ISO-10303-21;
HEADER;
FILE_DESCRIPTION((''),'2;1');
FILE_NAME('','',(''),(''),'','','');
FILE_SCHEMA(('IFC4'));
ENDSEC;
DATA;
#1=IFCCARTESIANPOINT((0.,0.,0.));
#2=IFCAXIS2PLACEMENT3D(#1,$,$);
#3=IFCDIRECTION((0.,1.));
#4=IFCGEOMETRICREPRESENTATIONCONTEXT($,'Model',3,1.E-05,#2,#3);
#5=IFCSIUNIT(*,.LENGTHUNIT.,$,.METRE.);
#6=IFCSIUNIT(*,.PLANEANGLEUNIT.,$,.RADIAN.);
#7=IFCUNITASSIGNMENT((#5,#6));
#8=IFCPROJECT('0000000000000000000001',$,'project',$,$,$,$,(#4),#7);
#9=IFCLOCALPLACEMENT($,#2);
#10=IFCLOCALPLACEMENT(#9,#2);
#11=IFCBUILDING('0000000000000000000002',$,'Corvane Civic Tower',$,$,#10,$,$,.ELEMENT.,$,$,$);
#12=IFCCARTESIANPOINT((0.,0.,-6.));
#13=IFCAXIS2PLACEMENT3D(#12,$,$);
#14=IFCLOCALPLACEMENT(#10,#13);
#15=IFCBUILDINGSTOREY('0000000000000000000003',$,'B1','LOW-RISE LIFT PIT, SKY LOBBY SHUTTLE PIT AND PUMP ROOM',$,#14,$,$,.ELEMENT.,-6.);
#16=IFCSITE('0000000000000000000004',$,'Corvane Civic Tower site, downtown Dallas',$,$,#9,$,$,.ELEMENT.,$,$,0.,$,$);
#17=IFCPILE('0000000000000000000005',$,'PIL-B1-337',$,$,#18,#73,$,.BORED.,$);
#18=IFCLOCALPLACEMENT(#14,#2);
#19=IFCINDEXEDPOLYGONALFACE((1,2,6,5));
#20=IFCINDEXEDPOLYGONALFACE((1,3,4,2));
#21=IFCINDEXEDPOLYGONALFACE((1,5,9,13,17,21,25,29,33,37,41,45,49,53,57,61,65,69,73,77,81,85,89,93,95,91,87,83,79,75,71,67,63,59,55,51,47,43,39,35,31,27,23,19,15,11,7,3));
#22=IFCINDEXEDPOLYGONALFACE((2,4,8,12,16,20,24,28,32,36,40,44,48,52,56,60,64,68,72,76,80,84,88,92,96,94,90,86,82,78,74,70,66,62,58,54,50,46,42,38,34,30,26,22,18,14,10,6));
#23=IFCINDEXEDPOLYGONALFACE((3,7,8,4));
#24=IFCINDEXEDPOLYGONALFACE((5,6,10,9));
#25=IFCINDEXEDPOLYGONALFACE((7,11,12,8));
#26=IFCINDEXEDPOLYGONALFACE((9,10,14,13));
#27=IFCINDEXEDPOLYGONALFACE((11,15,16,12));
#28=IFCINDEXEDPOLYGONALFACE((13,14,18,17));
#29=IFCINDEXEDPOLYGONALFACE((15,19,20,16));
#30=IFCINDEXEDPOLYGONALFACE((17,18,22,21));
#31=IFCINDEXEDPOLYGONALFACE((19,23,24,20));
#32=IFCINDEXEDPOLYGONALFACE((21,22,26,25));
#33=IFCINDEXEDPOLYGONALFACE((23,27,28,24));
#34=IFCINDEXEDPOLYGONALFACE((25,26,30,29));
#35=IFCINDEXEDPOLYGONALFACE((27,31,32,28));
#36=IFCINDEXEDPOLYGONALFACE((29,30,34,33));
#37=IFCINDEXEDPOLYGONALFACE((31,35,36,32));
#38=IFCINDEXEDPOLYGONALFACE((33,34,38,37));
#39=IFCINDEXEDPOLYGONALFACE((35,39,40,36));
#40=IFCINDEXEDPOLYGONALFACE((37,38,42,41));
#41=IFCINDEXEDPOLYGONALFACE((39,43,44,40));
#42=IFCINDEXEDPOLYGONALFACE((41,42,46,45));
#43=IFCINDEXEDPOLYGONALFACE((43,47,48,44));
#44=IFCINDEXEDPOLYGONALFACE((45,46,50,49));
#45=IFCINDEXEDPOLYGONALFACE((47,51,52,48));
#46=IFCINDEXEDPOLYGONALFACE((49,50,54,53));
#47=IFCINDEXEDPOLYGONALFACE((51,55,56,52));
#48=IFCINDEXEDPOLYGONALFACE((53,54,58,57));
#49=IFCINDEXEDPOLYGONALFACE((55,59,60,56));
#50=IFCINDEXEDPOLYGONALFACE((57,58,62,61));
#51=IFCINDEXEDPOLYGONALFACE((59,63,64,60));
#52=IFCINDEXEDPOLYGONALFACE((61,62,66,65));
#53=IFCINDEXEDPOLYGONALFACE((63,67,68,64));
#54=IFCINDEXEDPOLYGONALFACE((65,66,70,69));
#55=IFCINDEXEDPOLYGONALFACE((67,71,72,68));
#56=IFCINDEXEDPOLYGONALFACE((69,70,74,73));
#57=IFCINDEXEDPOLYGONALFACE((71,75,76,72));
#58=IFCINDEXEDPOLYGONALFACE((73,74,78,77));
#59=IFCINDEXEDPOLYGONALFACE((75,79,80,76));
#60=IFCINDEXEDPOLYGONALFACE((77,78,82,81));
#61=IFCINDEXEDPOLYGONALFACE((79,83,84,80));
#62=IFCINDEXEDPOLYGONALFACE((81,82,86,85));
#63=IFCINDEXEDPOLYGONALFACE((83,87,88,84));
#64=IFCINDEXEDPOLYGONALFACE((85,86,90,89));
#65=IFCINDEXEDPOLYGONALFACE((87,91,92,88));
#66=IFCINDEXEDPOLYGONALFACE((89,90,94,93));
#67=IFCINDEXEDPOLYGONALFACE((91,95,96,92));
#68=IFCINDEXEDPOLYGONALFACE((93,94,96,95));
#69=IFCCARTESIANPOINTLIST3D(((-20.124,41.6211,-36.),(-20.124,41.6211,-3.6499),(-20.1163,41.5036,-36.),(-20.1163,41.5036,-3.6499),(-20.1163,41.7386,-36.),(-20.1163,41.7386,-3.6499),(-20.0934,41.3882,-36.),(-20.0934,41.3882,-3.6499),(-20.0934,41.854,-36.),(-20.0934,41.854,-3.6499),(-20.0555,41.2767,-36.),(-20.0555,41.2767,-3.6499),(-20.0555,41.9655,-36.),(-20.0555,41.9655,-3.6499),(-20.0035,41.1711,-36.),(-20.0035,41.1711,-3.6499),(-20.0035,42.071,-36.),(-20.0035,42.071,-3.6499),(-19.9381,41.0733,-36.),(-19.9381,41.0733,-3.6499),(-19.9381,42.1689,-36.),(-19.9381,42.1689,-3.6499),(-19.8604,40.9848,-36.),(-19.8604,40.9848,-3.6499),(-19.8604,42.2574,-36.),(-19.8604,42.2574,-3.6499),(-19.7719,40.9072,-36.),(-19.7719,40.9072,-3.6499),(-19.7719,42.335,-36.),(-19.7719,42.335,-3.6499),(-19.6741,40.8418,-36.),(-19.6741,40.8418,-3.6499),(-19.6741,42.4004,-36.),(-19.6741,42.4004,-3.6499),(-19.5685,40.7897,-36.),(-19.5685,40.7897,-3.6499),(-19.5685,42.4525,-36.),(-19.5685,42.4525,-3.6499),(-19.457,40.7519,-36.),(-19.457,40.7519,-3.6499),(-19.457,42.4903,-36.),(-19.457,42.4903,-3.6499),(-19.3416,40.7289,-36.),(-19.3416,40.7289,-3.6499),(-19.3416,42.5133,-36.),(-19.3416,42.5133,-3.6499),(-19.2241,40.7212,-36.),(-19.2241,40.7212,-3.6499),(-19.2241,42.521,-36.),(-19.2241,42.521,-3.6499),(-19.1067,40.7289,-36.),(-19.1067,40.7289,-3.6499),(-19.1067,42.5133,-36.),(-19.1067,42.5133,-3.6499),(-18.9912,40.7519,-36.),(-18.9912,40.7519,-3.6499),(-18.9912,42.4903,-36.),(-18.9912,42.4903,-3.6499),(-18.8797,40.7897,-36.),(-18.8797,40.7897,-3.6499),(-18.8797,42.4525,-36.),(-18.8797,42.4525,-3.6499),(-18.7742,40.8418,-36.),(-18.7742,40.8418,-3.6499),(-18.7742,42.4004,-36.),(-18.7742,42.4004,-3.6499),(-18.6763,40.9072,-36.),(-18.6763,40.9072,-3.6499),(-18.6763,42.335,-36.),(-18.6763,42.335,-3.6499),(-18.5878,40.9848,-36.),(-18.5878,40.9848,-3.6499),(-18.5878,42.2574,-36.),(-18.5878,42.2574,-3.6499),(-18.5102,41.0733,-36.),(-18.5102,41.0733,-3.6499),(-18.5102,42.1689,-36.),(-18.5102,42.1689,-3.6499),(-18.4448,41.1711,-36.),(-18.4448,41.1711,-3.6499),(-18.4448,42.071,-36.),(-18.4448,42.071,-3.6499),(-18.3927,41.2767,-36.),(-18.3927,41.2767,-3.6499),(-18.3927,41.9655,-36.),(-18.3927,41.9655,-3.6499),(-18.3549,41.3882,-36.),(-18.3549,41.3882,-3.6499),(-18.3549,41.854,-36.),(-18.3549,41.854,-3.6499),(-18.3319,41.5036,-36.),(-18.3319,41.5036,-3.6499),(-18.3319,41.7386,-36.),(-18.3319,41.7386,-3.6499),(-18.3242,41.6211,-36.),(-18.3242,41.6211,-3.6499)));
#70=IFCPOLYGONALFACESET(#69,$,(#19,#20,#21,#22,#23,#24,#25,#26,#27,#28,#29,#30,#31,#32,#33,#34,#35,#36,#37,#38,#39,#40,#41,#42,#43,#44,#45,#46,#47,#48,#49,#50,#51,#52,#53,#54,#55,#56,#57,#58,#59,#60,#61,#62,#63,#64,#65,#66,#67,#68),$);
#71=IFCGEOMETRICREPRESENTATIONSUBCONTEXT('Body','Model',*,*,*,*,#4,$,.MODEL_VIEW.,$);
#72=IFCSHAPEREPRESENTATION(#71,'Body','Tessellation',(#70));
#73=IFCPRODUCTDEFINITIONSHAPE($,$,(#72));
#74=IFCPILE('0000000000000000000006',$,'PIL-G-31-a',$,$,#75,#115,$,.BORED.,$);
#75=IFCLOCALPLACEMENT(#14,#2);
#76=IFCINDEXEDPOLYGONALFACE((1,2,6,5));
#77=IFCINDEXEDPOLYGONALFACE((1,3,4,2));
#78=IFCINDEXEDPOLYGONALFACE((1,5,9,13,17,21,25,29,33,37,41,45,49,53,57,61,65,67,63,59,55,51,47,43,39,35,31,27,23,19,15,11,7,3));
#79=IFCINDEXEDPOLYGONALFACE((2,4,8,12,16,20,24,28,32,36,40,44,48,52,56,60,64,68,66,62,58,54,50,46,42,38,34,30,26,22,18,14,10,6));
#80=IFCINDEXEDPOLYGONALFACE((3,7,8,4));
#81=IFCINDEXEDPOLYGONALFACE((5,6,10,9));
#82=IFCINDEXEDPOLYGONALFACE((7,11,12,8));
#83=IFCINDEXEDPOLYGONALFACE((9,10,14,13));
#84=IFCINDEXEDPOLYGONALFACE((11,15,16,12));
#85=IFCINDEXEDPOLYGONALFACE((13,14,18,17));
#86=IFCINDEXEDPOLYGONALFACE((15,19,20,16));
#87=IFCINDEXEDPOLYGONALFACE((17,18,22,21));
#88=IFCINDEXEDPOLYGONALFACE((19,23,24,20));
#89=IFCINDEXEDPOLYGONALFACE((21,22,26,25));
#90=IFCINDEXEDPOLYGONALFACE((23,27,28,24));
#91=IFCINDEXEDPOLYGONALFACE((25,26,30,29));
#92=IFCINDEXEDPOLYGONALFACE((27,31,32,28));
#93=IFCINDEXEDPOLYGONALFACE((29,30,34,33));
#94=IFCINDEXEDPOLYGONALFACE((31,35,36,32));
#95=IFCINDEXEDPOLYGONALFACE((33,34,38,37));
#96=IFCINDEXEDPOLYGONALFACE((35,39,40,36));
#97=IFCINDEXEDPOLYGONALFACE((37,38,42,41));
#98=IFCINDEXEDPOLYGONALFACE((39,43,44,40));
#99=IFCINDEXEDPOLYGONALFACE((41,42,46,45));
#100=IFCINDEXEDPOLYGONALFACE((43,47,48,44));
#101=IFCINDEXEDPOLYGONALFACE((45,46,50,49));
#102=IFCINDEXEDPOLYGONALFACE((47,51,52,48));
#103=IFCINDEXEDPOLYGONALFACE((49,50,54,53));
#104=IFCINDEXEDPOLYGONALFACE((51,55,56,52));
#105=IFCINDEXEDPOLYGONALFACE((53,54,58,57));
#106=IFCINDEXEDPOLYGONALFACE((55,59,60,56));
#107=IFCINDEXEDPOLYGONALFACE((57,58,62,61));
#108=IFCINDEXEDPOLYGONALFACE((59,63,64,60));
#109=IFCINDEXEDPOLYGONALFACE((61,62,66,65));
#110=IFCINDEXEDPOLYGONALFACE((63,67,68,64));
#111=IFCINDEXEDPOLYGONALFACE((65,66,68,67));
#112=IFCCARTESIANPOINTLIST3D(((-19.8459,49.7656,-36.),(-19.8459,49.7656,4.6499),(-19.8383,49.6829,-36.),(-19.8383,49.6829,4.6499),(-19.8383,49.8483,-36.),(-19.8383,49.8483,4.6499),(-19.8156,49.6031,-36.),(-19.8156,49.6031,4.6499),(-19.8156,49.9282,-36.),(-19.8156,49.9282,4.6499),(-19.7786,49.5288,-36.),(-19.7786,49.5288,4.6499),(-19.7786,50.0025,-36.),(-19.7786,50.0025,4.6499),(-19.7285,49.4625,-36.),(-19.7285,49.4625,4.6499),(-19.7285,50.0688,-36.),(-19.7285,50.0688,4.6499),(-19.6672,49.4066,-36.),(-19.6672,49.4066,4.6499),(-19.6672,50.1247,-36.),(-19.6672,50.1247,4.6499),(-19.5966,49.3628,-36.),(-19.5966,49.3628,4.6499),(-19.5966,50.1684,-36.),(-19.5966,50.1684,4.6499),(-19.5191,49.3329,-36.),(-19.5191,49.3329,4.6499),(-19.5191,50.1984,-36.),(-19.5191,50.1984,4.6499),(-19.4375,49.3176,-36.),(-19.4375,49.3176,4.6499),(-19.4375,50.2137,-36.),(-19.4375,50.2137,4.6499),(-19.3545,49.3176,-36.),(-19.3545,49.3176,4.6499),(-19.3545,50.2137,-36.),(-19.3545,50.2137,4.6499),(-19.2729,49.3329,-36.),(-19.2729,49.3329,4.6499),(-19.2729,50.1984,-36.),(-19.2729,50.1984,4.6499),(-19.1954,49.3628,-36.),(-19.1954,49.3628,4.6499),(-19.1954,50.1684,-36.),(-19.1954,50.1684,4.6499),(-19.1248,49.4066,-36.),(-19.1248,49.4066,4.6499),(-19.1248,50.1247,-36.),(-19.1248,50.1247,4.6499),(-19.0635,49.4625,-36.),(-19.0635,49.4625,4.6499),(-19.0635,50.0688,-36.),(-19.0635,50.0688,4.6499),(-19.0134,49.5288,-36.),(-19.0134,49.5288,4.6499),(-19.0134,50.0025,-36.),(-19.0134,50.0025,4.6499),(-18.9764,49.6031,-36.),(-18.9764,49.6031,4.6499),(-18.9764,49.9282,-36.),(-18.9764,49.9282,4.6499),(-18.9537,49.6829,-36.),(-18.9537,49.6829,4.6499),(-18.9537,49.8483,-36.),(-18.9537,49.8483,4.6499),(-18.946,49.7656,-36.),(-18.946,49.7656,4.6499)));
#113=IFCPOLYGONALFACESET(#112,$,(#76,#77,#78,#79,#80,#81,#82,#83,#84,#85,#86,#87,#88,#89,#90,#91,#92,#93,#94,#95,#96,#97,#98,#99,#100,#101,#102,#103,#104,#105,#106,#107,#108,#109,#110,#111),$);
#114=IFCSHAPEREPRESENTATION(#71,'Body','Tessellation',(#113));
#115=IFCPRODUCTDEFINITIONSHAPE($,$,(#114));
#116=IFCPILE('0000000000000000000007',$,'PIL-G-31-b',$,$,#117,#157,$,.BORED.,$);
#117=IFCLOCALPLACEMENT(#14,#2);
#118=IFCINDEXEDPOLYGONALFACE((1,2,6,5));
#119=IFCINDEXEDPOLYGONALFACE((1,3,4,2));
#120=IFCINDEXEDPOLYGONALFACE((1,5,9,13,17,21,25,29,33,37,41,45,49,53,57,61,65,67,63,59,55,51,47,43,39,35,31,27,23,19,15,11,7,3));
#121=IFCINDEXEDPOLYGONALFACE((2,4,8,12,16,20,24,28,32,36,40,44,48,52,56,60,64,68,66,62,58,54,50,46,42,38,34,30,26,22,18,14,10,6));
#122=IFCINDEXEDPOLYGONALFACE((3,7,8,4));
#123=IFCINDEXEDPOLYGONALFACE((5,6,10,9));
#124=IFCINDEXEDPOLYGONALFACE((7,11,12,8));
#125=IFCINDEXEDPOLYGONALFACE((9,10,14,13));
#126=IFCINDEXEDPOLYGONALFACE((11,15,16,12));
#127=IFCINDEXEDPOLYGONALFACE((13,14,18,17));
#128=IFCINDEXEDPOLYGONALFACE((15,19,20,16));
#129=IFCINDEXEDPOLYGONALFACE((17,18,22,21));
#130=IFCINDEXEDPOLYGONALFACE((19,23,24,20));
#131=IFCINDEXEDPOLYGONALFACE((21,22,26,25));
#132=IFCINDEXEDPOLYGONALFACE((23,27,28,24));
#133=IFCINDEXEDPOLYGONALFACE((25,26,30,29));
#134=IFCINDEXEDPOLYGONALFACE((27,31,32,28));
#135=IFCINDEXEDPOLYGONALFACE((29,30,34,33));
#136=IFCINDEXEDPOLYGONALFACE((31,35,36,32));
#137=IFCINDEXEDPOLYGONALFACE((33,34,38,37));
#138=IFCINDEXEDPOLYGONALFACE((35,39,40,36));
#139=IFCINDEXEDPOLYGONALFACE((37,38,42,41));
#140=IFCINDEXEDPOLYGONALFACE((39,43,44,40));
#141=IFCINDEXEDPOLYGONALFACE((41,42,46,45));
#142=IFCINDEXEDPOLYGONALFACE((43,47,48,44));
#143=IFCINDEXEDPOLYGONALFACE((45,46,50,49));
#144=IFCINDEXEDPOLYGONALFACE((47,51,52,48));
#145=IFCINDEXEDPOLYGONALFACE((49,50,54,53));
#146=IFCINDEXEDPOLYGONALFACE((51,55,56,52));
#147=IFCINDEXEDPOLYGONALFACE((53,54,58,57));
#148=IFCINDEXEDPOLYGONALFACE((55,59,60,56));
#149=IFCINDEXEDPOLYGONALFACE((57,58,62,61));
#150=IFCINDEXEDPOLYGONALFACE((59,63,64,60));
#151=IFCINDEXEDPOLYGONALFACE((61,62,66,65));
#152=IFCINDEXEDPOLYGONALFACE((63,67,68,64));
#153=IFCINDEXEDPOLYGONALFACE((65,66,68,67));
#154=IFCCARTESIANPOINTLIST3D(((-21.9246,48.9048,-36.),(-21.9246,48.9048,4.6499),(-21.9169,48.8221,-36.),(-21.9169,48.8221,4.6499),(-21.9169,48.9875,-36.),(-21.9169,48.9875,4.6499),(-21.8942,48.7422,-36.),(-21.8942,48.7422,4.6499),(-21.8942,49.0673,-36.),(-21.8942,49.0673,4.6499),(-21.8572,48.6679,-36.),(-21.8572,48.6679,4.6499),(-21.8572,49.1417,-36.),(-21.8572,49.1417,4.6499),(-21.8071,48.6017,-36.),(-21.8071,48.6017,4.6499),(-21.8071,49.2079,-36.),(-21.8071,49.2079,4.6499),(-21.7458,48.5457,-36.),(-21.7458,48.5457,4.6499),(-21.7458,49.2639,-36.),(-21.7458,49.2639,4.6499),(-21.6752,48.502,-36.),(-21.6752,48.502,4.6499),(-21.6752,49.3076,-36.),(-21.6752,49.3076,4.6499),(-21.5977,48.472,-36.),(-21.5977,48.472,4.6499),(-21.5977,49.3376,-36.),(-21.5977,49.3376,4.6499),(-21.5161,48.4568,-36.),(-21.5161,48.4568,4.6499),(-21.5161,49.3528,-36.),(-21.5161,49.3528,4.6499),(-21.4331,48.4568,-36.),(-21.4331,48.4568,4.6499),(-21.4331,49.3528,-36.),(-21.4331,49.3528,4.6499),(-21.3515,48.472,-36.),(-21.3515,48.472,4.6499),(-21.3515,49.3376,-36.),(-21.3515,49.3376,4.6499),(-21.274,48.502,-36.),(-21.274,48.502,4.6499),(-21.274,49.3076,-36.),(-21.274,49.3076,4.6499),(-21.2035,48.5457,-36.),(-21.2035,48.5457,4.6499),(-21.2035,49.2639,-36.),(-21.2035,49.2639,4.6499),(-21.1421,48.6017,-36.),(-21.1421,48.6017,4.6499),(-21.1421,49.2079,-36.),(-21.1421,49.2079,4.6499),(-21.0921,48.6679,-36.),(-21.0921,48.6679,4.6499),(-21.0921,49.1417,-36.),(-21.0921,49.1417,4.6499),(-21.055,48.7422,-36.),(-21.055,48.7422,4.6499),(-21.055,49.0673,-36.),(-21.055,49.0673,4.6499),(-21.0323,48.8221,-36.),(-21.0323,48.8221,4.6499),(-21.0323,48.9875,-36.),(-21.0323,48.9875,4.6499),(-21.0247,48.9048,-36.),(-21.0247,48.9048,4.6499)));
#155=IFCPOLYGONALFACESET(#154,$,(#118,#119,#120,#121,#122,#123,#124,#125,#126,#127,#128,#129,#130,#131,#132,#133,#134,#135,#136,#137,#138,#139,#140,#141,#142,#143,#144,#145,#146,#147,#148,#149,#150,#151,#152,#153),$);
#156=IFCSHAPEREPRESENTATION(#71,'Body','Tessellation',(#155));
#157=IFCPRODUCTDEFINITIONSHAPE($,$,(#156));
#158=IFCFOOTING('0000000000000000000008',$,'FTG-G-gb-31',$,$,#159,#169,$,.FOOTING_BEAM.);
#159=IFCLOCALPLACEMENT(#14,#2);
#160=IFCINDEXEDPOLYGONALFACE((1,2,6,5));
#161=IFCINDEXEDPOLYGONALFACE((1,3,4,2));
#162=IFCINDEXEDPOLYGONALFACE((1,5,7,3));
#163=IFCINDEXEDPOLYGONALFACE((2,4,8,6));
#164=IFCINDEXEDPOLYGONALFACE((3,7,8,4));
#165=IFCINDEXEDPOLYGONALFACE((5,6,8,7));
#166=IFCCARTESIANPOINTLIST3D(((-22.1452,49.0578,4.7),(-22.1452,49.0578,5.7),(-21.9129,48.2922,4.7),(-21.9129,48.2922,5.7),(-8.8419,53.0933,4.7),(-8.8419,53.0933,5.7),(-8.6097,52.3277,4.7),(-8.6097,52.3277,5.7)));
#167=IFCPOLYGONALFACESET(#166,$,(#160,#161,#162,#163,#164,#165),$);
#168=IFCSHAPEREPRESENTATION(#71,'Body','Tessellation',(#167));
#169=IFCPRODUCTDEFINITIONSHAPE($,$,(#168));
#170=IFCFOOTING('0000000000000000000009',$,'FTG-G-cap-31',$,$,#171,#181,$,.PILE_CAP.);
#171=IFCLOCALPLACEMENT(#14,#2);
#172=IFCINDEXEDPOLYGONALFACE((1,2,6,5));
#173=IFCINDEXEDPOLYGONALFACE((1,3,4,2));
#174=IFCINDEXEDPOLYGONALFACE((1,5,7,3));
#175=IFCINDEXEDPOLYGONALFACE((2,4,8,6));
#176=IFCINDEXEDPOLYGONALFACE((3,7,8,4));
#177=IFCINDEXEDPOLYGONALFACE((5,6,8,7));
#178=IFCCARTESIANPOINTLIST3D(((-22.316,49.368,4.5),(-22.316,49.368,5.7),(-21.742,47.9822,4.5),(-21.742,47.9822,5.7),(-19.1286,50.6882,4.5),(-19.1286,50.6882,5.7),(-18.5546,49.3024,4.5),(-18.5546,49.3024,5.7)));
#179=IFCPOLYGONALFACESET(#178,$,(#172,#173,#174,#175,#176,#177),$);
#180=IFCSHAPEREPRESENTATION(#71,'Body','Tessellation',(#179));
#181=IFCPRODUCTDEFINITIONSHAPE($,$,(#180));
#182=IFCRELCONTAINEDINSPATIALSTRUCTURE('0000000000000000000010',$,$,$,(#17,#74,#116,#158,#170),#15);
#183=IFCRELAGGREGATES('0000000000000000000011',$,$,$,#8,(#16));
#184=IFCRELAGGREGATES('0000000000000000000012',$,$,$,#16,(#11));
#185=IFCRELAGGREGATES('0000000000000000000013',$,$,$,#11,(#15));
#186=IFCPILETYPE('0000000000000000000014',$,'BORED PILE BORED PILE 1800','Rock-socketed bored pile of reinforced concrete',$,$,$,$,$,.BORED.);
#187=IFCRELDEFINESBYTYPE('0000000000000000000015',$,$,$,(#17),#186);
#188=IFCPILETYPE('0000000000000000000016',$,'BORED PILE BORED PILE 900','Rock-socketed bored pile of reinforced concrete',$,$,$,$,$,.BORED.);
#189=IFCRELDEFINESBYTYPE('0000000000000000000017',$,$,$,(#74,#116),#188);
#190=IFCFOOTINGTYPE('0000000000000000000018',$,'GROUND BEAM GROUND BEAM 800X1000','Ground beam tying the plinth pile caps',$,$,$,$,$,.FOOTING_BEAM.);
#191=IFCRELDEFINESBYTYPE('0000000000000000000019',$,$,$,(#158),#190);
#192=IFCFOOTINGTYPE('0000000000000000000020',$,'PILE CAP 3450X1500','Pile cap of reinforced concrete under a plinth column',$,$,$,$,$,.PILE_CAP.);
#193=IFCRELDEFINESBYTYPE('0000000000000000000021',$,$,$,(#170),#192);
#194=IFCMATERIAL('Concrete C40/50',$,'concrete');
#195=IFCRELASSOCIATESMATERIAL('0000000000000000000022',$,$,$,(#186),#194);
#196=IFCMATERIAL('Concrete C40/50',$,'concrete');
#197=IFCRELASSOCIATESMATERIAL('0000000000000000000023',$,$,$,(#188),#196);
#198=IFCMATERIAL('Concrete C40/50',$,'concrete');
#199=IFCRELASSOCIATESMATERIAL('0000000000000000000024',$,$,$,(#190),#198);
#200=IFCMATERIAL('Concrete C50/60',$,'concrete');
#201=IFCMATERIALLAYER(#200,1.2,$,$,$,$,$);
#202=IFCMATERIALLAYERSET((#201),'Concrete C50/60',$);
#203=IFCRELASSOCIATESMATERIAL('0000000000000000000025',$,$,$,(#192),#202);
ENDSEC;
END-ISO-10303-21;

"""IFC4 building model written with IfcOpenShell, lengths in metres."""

from ifc_helpers import new_model, si_unit, direction, frame, origin, origin_2d, place, context, subcontext, project, spatial, rectangle, circle, extrude, material, layer, layer_set, material_profile, profile_set, type_object, element, save


model = new_model("IFC4")

# Units and contexts
model_context = context("Model", 3, precision=1e-05, world=origin(), true_north=direction((0.0, 1.0)))
body_context = subcontext(model_context, "Body", "Model", "MODEL_VIEW")
ifc_project = project(units=[si_unit("LENGTHUNIT", "METRE"), si_unit("PLANEANGLEUNIT", "RADIAN")], contexts=[model_context])

# Site, building, storey
site_placement = place(None, origin())
site = spatial("IfcSite", under=ifc_project, at=site_placement, Name="Corvane Civic Tower site, downtown Dallas", CompositionType="ELEMENT", RefElevation=0.0)
building_placement = place(site_placement, origin())
building = spatial("IfcBuilding", under=site, at=building_placement, Name="Corvane Civic Tower", CompositionType="ELEMENT")
storey_placement = place(building_placement, frame((0.0, 0.0, -6.0)))
storey = spatial("IfcBuildingStorey", under=building, at=storey_placement, Name="B1", Description="LOW-RISE LIFT PIT, SKY LOBBY SHUTTLE PIT AND PUMP ROOM", CompositionType="ELEMENT", Elevation=-6.0)

# Piles
ifc_material_1 = material(Name="Concrete C40/50", Category="concrete")
ifc_material_profile_1 = material_profile(ifc_material_1, circle(Radius=0.8999, at=origin_2d()), Name="BORED PILE 1800")
ifc_profile_set_1 = profile_set([ifc_material_profile_1], Name="Concrete C40/50")
pile_type_1 = type_object("IfcPileType", Name="BORED PILE BORED PILE 1800", Description="Rock-socketed bored pile of reinforced concrete", PredefinedType="BORED", material=ifc_profile_set_1)
for number, where, z_axis, x_axis, name in (
    (1, (-19.2241, 41.6211, -3.6499), (0.0, 0.0, -1.0), (1.0, 0.0, 0.0), "PIL-B1-337"),
):
    element("IfcPile", number, at=place(storey_placement, frame(where, z_axis=z_axis, x_axis=x_axis)), inside=storey, type_object=pile_type_1, Name=name, PredefinedType="BORED", context=body_context, shape_type="SweptSolid", body=[
        extrude(circle(Radius=0.8999, at=origin_2d()), origin(), (0.0, 0.0, 1.0), 32.3501),
    ])
ifc_material_2 = material(Name="Concrete C40/50", Category="concrete")
ifc_material_profile_2 = material_profile(ifc_material_2, circle(Radius=0.45, at=origin_2d()), Name="BORED PILE 900")
ifc_profile_set_2 = profile_set([ifc_material_profile_2], Name="Concrete C40/50")
pile_type_2 = type_object("IfcPileType", Name="BORED PILE BORED PILE 900", Description="Rock-socketed bored pile of reinforced concrete", PredefinedType="BORED", material=ifc_profile_set_2)
for number, where, z_axis, x_axis, name in (
    (2, (-19.396, 49.7656, 4.6499), (0.0, 0.0, -1.0), (1.0, 0.0, 0.0), "PIL-G-31-a"),
    (3, (-21.4746, 48.9048, 4.6499), (0.0, 0.0, -1.0), (1.0, 0.0, 0.0), "PIL-G-31-b"),
):
    element("IfcPile", number, at=place(storey_placement, frame(where, z_axis=z_axis, x_axis=x_axis)), inside=storey, type_object=pile_type_2, Name=name, PredefinedType="BORED", context=body_context, shape_type="SweptSolid", body=[
        extrude(circle(Radius=0.45, at=origin_2d()), origin(), (0.0, 0.0, 1.0), 40.6499),
    ])

# Footings
ifc_material_3 = material(Name="Concrete C40/50", Category="concrete")
ifc_material_profile_3 = material_profile(ifc_material_3, rectangle(XDim=0.8, YDim=1.0, at=origin_2d()), Name="GROUND BEAM 800X1000")
ifc_profile_set_3 = profile_set([ifc_material_profile_3], Name="Concrete C40/50")
footing_type_1 = type_object("IfcFootingType", Name="GROUND BEAM GROUND BEAM 800X1000", Description="Ground beam tying the plinth pile caps", PredefinedType="FOOTING_BEAM", material=ifc_profile_set_3)
footing_1_placement = place(storey_placement, frame((-22.0291, 48.675, 5.2), z_axis=(0.956942, 0.290279, 0.0), x_axis=(-0.290279, 0.956942, 0.0)))
element("IfcFooting", 4, at=footing_1_placement, inside=storey, type_object=footing_type_1, Name="FTG-G-gb-31", PredefinedType="FOOTING_BEAM", context=body_context, shape_type="SweptSolid", body=[
    extrude(rectangle(XDim=0.8, YDim=1.0, at=origin_2d()), origin(), (0.0, 0.0, 1.0), 13.9019),
])
ifc_material_4 = material(Name="Concrete C50/60", Category="concrete")
ifc_layer_1 = layer(ifc_material_4, 1.2)
ifc_layer_set_1 = layer_set([ifc_layer_1], Name="Concrete C50/60")
footing_type_2 = type_object("IfcFootingType", Name="PILE CAP 3450X1500", Description="Pile cap of reinforced concrete under a plinth column", PredefinedType="PILE_CAP", material=ifc_layer_set_1)
footing_2_placement = place(storey_placement, frame((-20.4353, 49.3352, 4.5), z_axis=(0.0, 0.0, 1.0), x_axis=(-0.92388, -0.382683, 0.0)))
element("IfcFooting", 5, at=footing_2_placement, inside=storey, type_object=footing_type_2, Name="FTG-G-cap-31", PredefinedType="PILE_CAP", context=body_context, shape_type="SweptSolid", body=[
    extrude(rectangle(XDim=3.45, YDim=1.5, at=origin_2d()), origin(), (0.0, 0.0, 1.0), 1.2),
])

save(model, "model.ifc")
